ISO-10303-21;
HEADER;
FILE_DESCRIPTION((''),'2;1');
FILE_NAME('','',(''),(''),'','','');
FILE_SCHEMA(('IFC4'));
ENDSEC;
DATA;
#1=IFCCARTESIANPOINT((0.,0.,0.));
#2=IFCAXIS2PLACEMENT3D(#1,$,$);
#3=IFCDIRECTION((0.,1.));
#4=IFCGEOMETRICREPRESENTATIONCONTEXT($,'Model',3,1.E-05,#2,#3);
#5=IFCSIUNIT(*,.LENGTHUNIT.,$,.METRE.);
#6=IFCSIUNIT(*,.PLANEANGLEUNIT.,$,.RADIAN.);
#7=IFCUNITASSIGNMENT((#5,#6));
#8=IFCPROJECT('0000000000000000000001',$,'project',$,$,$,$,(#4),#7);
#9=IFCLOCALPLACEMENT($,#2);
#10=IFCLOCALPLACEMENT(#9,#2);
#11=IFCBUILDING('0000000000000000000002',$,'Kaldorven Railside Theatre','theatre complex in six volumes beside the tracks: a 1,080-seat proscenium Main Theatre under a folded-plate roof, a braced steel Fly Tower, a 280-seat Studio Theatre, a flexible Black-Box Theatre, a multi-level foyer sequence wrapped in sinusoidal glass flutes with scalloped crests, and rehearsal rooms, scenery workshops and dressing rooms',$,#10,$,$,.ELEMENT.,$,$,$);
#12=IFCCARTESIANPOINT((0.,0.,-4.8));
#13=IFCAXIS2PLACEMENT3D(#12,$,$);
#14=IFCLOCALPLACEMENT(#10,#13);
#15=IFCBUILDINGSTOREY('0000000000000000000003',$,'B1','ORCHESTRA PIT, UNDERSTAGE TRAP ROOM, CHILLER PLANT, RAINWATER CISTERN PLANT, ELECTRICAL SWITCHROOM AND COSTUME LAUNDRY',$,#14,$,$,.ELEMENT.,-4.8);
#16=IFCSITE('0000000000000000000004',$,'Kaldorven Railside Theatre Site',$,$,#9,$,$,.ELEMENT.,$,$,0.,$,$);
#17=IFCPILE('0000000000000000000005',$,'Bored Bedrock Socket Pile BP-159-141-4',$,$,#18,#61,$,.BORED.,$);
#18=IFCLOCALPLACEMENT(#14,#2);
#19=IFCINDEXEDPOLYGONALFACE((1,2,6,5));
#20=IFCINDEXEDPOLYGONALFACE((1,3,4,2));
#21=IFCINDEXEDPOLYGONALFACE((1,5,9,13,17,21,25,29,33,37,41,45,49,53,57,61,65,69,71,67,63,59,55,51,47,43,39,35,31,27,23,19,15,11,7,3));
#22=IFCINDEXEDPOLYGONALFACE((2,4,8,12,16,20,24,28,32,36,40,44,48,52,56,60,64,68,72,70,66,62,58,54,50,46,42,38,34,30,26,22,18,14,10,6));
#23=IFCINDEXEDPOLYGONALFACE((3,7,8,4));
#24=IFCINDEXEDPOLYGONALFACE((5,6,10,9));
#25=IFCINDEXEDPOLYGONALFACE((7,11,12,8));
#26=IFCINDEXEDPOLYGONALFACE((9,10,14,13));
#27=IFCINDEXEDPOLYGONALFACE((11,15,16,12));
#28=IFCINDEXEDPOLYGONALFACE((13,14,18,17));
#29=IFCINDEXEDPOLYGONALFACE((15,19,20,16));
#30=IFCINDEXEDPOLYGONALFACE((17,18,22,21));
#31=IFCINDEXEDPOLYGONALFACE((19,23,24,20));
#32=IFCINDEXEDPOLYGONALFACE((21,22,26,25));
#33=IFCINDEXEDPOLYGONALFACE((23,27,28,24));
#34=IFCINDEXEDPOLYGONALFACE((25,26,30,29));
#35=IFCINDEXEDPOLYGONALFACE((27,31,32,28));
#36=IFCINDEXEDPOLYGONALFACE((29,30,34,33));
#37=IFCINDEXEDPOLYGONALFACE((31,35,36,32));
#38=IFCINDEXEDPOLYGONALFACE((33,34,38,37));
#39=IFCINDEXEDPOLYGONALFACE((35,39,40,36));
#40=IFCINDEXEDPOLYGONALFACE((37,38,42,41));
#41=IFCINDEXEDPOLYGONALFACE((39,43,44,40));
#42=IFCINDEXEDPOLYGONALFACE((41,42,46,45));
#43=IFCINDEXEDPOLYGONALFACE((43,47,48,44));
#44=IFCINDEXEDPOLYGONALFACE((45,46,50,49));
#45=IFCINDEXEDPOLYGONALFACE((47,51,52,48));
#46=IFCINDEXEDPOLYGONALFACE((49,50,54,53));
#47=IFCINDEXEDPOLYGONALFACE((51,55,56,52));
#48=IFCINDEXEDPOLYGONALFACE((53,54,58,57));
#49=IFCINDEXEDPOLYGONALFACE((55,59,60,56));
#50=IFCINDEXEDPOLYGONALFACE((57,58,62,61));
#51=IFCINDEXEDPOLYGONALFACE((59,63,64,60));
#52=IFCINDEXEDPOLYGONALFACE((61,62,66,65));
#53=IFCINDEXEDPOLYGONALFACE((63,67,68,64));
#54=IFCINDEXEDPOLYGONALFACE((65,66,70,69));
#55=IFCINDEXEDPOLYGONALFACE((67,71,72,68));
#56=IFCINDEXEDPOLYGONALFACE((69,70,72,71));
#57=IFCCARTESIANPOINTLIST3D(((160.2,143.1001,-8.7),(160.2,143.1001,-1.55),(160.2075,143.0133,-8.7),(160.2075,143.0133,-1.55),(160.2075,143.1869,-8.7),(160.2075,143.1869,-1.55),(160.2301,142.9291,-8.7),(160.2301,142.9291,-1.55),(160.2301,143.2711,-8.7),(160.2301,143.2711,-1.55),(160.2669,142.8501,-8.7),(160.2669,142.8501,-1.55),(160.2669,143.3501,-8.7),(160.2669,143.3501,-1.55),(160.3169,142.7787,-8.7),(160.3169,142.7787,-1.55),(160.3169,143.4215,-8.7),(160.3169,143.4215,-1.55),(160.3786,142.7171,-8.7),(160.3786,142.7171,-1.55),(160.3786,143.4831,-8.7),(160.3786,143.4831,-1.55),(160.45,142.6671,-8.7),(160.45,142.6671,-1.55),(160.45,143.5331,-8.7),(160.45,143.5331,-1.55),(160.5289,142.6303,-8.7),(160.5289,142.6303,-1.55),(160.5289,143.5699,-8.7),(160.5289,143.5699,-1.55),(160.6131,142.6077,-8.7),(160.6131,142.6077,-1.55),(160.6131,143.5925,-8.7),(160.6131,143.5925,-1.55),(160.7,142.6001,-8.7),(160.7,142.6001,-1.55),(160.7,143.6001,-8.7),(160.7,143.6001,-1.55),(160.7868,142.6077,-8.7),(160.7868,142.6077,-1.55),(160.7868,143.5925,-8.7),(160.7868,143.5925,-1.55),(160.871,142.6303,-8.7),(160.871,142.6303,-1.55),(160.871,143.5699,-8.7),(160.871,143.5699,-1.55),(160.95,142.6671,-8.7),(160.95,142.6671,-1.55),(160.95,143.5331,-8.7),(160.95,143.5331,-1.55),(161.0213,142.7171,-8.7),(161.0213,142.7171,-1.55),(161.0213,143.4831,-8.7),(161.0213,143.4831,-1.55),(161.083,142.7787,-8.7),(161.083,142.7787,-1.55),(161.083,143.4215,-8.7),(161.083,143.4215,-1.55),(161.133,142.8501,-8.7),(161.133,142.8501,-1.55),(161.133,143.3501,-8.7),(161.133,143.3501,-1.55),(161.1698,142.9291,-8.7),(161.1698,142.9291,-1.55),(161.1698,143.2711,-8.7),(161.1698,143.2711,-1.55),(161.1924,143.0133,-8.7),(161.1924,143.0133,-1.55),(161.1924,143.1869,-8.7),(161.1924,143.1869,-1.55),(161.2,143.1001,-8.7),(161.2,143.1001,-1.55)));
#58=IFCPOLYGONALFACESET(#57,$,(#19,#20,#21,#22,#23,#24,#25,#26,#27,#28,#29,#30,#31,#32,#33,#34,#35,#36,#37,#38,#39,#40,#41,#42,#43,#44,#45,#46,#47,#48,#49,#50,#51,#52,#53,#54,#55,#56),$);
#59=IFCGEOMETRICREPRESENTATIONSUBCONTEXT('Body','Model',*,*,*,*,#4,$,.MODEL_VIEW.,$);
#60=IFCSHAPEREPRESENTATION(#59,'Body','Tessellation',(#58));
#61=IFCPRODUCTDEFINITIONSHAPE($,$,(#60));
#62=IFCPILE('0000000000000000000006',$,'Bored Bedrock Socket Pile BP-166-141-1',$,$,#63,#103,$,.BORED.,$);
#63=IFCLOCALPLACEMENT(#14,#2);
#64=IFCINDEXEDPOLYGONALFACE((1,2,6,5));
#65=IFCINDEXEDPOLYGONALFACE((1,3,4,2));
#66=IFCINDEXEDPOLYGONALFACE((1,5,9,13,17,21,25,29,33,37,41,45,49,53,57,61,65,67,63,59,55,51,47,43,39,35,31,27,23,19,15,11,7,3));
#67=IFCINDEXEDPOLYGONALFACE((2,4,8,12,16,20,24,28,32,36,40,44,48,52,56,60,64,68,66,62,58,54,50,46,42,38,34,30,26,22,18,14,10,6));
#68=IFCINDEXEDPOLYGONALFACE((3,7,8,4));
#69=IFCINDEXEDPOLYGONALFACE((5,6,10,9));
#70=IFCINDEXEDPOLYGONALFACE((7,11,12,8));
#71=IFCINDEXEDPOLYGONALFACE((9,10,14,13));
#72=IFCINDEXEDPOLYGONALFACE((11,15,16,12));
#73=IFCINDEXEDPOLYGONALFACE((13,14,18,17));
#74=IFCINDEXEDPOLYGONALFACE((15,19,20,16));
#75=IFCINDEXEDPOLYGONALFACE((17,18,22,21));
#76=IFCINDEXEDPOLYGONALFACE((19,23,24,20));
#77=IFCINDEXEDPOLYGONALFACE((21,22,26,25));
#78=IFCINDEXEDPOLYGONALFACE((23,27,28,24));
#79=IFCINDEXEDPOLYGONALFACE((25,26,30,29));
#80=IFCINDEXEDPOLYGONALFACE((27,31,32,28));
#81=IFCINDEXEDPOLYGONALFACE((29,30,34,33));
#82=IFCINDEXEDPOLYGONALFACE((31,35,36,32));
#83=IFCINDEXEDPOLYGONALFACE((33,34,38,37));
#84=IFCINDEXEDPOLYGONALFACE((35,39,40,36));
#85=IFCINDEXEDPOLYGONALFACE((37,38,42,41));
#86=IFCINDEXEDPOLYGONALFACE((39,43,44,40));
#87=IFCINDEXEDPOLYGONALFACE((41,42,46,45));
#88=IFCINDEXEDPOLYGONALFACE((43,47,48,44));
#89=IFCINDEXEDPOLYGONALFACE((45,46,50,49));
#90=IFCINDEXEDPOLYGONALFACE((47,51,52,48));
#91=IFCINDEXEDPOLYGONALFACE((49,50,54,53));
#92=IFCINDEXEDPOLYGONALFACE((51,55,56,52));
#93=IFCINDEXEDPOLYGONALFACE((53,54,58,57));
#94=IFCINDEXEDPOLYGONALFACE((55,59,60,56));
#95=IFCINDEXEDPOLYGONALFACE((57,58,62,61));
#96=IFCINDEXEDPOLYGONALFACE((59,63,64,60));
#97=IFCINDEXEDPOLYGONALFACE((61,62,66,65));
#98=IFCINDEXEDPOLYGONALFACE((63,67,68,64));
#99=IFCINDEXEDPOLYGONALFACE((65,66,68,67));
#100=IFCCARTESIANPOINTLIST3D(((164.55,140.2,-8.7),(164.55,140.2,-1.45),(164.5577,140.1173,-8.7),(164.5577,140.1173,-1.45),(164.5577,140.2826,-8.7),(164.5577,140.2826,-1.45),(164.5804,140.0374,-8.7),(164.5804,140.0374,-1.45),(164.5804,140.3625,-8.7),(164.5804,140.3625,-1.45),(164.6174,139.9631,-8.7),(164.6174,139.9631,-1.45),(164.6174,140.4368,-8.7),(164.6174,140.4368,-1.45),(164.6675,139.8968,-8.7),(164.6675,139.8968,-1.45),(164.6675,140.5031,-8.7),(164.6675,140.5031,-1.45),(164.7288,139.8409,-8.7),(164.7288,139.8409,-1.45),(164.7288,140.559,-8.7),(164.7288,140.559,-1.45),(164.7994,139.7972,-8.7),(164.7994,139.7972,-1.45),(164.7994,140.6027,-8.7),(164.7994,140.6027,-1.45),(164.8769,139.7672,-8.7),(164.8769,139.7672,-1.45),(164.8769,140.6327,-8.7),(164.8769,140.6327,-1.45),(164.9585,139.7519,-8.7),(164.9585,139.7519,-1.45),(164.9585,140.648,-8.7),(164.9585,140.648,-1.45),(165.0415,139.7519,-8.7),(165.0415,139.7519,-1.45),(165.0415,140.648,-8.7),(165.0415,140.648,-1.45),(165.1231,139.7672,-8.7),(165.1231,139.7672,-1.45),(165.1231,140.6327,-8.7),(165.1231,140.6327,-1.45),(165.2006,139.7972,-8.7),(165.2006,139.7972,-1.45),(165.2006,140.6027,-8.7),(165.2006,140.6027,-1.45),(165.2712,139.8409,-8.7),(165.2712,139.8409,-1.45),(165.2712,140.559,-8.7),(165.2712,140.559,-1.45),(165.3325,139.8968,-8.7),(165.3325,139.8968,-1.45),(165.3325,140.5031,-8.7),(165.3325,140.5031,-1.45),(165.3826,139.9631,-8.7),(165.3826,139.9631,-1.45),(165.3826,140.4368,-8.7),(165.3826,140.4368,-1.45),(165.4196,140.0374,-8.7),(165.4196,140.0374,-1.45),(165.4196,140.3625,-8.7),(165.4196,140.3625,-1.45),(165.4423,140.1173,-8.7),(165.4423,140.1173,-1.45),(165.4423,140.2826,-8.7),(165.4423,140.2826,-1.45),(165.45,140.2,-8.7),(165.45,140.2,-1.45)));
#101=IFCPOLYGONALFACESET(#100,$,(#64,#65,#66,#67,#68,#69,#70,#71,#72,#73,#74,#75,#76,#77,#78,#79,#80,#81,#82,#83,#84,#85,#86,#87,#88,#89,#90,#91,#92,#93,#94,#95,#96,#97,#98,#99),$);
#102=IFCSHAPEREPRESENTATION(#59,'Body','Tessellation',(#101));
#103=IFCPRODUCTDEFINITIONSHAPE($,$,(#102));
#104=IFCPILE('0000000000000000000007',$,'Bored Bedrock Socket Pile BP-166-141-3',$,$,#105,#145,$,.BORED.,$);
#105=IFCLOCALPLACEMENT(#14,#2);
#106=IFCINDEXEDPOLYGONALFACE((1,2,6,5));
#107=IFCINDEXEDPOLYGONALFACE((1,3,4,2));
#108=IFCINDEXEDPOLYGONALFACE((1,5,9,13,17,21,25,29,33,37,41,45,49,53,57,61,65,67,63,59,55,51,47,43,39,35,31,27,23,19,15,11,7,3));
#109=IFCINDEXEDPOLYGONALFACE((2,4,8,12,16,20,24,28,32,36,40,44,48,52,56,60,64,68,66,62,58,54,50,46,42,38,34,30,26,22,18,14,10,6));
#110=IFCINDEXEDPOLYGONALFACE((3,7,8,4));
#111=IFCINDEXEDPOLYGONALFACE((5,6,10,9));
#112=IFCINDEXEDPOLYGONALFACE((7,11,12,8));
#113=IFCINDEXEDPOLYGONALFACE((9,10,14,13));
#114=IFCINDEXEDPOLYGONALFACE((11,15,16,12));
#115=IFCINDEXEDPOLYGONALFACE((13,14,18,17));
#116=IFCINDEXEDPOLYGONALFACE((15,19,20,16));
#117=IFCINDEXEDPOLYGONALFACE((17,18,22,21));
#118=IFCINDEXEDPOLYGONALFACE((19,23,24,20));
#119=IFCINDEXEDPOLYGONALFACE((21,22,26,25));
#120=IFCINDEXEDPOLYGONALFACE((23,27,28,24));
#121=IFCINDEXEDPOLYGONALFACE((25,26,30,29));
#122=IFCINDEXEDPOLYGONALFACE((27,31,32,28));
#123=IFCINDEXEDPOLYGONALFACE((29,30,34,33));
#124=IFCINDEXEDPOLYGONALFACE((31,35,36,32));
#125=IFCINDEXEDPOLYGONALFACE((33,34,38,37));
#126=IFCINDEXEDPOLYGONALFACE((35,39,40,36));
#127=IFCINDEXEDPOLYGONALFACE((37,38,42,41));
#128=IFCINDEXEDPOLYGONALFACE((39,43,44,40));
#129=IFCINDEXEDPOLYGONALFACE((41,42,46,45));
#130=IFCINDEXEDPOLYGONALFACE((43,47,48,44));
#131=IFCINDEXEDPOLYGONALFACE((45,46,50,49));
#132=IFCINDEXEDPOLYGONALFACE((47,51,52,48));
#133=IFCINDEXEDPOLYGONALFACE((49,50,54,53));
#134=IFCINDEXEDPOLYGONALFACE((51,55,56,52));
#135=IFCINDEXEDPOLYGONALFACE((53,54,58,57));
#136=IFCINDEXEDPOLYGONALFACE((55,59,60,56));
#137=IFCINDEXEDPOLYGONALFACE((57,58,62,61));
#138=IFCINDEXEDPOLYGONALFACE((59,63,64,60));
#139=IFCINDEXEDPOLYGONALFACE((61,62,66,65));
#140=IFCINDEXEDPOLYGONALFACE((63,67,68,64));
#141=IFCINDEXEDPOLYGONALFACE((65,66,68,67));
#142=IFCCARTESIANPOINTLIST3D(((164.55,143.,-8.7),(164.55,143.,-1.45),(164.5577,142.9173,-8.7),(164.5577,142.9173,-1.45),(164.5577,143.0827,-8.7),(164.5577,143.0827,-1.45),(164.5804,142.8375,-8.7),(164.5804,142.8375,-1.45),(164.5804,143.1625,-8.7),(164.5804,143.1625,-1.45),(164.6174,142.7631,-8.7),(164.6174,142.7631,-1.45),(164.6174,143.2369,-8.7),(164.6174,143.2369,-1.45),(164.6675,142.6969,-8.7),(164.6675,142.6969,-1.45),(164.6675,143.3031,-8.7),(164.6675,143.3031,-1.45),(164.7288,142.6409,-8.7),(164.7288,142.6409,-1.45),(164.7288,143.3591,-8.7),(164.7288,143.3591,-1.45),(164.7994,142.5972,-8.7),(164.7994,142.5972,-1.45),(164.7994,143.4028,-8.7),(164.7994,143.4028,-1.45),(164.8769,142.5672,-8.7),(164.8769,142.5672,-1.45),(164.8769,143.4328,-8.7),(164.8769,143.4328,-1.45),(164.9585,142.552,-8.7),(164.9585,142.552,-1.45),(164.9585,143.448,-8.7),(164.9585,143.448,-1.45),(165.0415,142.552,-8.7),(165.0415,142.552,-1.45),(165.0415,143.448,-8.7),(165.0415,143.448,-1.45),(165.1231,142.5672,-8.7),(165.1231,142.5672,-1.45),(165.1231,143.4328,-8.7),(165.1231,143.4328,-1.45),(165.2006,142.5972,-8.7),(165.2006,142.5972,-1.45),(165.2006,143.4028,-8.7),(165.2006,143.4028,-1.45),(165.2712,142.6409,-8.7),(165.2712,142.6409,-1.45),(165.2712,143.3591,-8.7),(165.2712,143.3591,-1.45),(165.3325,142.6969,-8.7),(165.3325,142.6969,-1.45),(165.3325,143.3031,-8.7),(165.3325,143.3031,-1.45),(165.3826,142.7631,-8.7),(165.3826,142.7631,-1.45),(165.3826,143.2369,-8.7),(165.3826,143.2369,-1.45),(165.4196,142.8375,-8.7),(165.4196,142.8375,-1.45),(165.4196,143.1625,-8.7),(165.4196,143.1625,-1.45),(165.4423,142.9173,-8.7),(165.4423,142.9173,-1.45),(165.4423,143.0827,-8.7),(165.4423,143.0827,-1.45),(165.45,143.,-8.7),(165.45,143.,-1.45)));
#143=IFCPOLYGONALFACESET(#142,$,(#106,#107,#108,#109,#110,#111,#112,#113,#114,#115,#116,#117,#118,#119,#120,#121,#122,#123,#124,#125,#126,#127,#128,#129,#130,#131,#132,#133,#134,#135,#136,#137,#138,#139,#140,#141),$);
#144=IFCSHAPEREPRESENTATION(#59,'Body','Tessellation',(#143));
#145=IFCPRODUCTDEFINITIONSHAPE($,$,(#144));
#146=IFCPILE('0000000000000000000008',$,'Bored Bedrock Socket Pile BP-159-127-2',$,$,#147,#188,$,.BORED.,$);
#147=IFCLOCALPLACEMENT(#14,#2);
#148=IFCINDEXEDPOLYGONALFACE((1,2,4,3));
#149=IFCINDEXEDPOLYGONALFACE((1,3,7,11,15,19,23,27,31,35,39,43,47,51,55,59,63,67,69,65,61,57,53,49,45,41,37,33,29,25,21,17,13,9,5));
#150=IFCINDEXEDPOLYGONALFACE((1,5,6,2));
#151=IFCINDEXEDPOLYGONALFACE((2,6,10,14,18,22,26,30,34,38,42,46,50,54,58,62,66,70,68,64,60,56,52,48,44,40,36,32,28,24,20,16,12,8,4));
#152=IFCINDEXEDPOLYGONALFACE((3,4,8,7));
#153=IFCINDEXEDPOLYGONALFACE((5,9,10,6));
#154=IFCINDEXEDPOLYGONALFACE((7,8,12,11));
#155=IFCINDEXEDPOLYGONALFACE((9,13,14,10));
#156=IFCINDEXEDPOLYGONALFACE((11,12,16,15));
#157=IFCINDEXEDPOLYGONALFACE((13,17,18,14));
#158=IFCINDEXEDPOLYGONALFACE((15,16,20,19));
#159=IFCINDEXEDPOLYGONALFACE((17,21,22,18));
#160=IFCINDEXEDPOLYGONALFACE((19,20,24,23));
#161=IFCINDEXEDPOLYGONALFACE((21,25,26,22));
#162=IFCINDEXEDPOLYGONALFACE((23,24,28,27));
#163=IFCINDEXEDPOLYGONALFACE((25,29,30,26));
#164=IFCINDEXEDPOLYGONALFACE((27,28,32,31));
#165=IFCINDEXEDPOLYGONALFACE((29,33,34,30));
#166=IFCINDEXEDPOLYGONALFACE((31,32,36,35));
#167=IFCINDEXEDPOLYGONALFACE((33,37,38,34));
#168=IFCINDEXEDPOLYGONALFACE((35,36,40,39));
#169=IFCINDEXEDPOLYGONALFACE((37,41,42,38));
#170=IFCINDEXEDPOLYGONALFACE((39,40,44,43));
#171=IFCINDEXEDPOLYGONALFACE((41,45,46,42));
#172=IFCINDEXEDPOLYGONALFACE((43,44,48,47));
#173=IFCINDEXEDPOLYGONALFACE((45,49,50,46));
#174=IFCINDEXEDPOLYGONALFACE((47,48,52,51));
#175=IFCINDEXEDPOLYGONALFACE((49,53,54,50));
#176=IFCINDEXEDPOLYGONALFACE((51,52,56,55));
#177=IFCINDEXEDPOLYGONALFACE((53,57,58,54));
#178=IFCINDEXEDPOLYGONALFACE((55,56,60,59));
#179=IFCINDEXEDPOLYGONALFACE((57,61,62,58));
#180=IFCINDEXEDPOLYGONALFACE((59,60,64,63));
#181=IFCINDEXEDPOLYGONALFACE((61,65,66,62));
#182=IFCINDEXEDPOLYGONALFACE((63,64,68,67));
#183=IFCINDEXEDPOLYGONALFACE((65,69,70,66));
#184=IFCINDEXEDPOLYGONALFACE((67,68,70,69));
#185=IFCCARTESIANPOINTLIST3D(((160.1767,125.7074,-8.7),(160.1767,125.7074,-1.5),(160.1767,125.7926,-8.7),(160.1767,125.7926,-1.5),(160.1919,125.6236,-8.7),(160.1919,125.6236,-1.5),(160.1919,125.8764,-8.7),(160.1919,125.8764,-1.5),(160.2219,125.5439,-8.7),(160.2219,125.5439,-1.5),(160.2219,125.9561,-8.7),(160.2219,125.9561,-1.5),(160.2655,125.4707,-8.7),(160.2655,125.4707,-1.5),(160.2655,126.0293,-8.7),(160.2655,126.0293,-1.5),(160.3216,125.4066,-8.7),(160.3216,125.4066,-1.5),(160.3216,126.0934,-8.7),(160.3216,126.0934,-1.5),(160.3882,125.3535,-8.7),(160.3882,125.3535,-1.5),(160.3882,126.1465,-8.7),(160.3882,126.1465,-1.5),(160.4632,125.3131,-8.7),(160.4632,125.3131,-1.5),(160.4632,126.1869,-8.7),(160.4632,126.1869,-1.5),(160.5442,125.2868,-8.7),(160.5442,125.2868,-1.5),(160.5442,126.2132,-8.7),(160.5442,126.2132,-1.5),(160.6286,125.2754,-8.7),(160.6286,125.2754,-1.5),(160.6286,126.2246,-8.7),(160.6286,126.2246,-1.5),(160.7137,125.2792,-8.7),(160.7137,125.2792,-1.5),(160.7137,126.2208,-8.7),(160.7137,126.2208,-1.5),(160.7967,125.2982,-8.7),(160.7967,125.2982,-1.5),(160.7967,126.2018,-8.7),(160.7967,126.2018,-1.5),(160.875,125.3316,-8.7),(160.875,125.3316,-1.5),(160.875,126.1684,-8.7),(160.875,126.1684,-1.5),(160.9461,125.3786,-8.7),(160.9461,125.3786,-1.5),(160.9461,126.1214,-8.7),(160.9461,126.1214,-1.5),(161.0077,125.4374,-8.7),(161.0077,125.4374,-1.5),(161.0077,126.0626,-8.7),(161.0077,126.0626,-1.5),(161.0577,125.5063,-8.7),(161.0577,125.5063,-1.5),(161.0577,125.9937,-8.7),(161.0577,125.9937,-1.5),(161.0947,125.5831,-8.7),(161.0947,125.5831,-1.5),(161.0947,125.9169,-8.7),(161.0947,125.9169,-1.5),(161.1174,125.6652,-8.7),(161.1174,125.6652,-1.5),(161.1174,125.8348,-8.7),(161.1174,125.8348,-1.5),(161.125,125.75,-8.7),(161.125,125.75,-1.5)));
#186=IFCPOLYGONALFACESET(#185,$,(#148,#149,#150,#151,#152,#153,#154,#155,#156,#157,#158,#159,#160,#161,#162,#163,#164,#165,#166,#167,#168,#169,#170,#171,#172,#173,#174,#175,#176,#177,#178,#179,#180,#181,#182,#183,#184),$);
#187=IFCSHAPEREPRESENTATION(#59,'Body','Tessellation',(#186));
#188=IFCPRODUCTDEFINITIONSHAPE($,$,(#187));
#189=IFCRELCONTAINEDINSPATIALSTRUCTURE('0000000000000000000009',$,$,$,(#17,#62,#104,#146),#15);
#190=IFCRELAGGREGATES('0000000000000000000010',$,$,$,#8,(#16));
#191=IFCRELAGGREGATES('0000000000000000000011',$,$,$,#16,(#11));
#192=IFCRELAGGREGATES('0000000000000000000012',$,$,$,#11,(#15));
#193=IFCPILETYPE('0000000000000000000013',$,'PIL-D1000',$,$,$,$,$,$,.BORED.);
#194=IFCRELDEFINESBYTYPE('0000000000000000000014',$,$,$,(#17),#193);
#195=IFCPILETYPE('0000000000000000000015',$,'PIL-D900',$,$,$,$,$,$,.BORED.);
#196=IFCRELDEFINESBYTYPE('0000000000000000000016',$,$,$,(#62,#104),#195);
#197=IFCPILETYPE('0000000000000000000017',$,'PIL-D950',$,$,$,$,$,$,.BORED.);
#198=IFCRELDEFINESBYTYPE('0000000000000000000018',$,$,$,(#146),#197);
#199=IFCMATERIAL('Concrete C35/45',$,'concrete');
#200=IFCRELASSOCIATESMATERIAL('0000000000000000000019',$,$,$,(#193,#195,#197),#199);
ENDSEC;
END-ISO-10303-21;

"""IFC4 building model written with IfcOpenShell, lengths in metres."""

from ifc_helpers import new_model, si_unit, direction, frame, origin, origin_2d, place, context, subcontext, project, spatial, circle, extrude, material, material_profile, profile_set, type_object, element, save


model = new_model("IFC4")

# Units and contexts
model_context = context("Model", 3, precision=1e-05, world=origin(), true_north=direction((0.0, 1.0)))
body_context = subcontext(model_context, "Body", "Model", "MODEL_VIEW")
ifc_project = project(units=[si_unit("LENGTHUNIT", "METRE"), si_unit("PLANEANGLEUNIT", "RADIAN")], contexts=[model_context])

# Site, building, storey
site_placement = place(None, origin())
site = spatial("IfcSite", under=ifc_project, at=site_placement, Name="Kaldorven Railside Theatre Site", CompositionType="ELEMENT", RefElevation=0.0)
building_placement = place(site_placement, origin())
building = spatial("IfcBuilding", under=site, at=building_placement, Name="Kaldorven Railside Theatre", Description="theatre complex in six volumes beside the tracks: a 1,080-seat proscenium Main Theatre under a folded-plate roof, a braced steel Fly Tower, a 280-seat Studio Theatre, a flexible Black-Box Theatre, a multi-level foyer sequence wrapped in sinusoidal glass flutes with scalloped crests, and rehearsal rooms, scenery workshops and dressing rooms", CompositionType="ELEMENT")
storey_placement = place(building_placement, frame((0.0, 0.0, -4.8)))
storey = spatial("IfcBuildingStorey", under=building, at=storey_placement, Name="B1", Description="ORCHESTRA PIT, UNDERSTAGE TRAP ROOM, CHILLER PLANT, RAINWATER CISTERN PLANT, ELECTRICAL SWITCHROOM AND COSTUME LAUNDRY", CompositionType="ELEMENT", Elevation=-4.8)

# Piles
ifc_material_1 = material(Name="Concrete C35/45", Category="concrete")
ifc_material_profile_1 = material_profile(ifc_material_1, circle(Radius=0.5, at=origin_2d()), Name="BP D1000")
ifc_profile_set_1 = profile_set([ifc_material_profile_1], Name="Concrete C35/45")
pile_type_1 = type_object("IfcPileType", Name="PIL-D1000", PredefinedType="BORED", material=ifc_profile_set_1)
for number, where, z_axis, x_axis, name in (
    (1, (160.7, 143.1001, -1.55), (0.0, 0.0, -1.0), (1.0, 0.0, 0.0), "Bored Bedrock Socket Pile BP-159-141-4"),
):
    element("IfcPile", number, at=place(storey_placement, frame(where, z_axis=z_axis, x_axis=x_axis)), inside=storey, type_object=pile_type_1, Name=name, PredefinedType="BORED", context=body_context, shape_type="SweptSolid", body=[
        extrude(circle(Radius=0.5, at=origin_2d()), origin(), (0.0, 0.0, 1.0), 7.1499),
    ])
ifc_material_profile_2 = material_profile(ifc_material_1, circle(Radius=0.45, at=origin_2d()), Name="BP D900")
ifc_profile_set_2 = profile_set([ifc_material_profile_2], Name="Concrete C35/45")
pile_type_2 = type_object("IfcPileType", Name="PIL-D900", PredefinedType="BORED", material=ifc_profile_set_2)
for number, where, z_axis, x_axis, name in (
    (2, (165.0, 140.2, -1.45), (0.0, 0.0, -1.0), (1.0, 0.0, 0.0), "Bored Bedrock Socket Pile BP-166-141-1"),
    (3, (165.0, 143.0, -1.45), (0.0, 0.0, -1.0), (1.0, 0.0, 0.0), "Bored Bedrock Socket Pile BP-166-141-3"),
):
    element("IfcPile", number, at=place(storey_placement, frame(where, z_axis=z_axis, x_axis=x_axis)), inside=storey, type_object=pile_type_2, Name=name, PredefinedType="BORED", context=body_context, shape_type="SweptSolid", body=[
        extrude(circle(Radius=0.45, at=origin_2d()), origin(), (0.0, 0.0, 1.0), 7.25),
    ])
ifc_material_profile_3 = material_profile(ifc_material_1, circle(Radius=0.4751, at=origin_2d()), Name="BP D950")
ifc_profile_set_3 = profile_set([ifc_material_profile_3], Name="Concrete C35/45")
pile_type_3 = type_object("IfcPileType", Name="PIL-D950", PredefinedType="BORED", material=ifc_profile_set_3)
for number, where, z_axis, x_axis, name in (
    (4, (160.6499, 125.75, -1.5), (0.0, 0.0, -1.0), (1.0, 0.0, 0.0), "Bored Bedrock Socket Pile BP-159-127-2"),
):
    element("IfcPile", number, at=place(storey_placement, frame(where, z_axis=z_axis, x_axis=x_axis)), inside=storey, type_object=pile_type_3, Name=name, PredefinedType="BORED", context=body_context, shape_type="SweptSolid", body=[
        extrude(circle(Radius=0.4751, at=origin_2d()), origin(), (0.0, 0.0, 1.0), 7.2),
    ])

save(model, "model.ifc")
